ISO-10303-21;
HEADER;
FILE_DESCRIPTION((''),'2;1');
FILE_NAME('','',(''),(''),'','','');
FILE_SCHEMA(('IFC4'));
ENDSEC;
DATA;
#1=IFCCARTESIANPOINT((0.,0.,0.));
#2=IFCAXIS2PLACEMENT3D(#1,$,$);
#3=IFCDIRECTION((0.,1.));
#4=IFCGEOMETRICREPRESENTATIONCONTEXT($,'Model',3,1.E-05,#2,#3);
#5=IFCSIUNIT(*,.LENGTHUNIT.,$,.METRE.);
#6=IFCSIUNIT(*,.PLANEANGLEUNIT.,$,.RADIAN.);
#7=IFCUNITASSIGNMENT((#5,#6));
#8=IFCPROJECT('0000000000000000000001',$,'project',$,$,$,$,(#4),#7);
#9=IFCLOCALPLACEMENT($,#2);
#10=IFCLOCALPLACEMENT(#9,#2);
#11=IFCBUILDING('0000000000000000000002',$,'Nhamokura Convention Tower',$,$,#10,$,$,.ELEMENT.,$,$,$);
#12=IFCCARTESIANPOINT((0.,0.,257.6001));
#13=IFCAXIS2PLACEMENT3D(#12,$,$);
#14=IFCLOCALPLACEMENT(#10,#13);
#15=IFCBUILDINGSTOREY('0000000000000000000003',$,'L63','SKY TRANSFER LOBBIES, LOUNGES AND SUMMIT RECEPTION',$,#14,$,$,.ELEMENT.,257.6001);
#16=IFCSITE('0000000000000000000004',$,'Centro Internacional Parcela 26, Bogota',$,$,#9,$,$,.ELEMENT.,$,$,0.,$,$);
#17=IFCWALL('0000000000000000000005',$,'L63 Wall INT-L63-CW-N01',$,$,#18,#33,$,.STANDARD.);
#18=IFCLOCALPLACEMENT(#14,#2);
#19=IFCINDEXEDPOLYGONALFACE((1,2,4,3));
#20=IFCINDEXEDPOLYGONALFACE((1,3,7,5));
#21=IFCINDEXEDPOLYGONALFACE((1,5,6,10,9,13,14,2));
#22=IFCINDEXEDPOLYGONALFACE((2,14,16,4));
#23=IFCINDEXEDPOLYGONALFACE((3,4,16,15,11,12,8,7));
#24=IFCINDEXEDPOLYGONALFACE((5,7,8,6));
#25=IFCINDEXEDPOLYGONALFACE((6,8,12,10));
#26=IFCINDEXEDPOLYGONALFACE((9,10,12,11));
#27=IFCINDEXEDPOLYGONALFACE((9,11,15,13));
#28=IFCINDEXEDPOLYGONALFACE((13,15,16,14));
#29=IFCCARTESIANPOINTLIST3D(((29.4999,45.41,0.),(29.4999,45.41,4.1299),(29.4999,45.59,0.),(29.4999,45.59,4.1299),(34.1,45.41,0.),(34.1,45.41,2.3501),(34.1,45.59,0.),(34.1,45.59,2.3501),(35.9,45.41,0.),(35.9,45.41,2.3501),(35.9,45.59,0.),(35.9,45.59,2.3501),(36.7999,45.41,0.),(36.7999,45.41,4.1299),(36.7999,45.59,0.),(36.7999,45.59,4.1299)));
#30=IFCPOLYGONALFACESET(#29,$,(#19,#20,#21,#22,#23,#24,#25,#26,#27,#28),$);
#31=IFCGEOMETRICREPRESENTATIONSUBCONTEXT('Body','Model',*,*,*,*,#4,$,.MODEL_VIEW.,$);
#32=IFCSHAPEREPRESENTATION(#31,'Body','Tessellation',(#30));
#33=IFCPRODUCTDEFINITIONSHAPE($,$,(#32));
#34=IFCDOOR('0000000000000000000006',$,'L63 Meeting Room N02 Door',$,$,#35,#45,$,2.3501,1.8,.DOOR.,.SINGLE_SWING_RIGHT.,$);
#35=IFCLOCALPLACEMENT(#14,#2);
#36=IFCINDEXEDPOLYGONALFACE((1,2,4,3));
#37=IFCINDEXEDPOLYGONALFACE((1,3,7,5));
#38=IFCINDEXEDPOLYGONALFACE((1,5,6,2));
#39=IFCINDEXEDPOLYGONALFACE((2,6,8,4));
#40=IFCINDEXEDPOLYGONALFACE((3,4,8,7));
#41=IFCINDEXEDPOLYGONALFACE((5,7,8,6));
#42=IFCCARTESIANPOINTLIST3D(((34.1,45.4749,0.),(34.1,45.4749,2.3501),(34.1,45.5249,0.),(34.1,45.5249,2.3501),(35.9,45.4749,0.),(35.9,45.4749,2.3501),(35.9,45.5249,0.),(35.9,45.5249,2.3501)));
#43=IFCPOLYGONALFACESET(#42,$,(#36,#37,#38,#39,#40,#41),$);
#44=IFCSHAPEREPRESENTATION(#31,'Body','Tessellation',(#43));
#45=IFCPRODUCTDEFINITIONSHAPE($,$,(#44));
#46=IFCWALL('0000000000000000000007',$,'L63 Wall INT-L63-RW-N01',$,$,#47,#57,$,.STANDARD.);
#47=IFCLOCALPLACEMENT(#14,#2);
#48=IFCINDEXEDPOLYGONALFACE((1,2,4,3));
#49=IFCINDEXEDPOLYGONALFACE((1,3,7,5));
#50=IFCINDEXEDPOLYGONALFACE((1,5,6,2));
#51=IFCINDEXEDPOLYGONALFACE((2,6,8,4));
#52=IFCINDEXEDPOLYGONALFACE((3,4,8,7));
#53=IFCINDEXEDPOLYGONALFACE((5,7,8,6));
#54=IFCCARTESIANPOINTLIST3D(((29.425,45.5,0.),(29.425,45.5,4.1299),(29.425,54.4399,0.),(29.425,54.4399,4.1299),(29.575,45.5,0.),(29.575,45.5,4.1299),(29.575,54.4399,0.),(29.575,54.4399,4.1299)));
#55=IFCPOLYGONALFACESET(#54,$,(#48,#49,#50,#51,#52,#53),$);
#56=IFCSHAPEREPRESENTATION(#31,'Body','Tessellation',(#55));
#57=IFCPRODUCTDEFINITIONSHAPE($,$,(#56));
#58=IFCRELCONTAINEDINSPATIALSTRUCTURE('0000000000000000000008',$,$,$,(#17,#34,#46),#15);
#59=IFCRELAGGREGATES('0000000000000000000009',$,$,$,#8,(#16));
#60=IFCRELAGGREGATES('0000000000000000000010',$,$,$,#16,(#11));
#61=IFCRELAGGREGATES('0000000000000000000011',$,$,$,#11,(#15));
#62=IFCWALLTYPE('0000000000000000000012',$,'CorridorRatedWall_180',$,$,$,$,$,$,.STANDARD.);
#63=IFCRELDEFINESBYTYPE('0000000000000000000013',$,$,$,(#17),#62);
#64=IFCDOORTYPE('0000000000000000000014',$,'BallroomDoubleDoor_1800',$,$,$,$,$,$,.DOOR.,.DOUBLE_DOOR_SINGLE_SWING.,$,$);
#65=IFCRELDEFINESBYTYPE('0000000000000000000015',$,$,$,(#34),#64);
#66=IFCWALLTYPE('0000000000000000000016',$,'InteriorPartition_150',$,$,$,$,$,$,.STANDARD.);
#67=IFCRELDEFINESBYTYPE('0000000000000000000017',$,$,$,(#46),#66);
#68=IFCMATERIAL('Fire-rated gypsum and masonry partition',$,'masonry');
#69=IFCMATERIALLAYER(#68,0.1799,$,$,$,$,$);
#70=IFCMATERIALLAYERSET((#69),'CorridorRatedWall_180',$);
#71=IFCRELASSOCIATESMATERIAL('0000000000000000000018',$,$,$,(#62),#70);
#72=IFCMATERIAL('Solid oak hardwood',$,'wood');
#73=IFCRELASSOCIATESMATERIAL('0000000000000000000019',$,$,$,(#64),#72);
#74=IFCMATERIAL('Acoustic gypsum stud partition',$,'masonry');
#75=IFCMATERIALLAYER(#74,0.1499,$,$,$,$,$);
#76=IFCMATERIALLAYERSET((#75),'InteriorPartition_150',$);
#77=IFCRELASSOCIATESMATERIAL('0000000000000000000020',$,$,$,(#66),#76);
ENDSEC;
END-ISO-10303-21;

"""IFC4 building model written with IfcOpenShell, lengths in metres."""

from ifc_helpers import new_model, si_unit, direction, frame, frame_2d, origin, place, context, subcontext, project, spatial, rectangle, extrude, material, layer, layer_set, type_object, element, fill, save


model = new_model("IFC4")

# Units and contexts
model_context = context("Model", 3, precision=1e-05, world=origin(), true_north=direction((0.0, 1.0)))
body_context = subcontext(model_context, "Body", "Model", "MODEL_VIEW")
ifc_project = project(units=[si_unit("LENGTHUNIT", "METRE"), si_unit("PLANEANGLEUNIT", "RADIAN")], contexts=[model_context])

# Site, building, storey
site_placement = place(None, origin())
site = spatial("IfcSite", under=ifc_project, at=site_placement, Name="Centro Internacional Parcela 26, Bogota", CompositionType="ELEMENT", RefElevation=0.0)
building_placement = place(site_placement, origin())
building = spatial("IfcBuilding", under=site, at=building_placement, Name="Nhamokura Convention Tower", CompositionType="ELEMENT")
storey_placement = place(building_placement, frame((0.0, 0.0, 257.6001)))
storey = spatial("IfcBuildingStorey", under=building, at=storey_placement, Name="L63", Description="SKY TRANSFER LOBBIES, LOUNGES AND SUMMIT RECEPTION", CompositionType="ELEMENT", Elevation=257.6001)

# Wall, opening, door
ifc_material_1 = material(Name="Fire-rated gypsum and masonry partition", Category="masonry")
ifc_layer_1 = layer(ifc_material_1, 0.1799)
ifc_layer_set_1 = layer_set([ifc_layer_1], Name="CorridorRatedWall_180")
wall_type_1 = type_object("IfcWallType", Name="CorridorRatedWall_180", PredefinedType="STANDARD", material=ifc_layer_set_1)
wall_1_placement = place(storey_placement, frame((29.5, 45.5, 0.0), z_axis=(0.0, 0.0, 1.0), x_axis=(1.0, 0.0, 0.0)))
wall_1 = element("IfcWall", 1, at=wall_1_placement, inside=storey, type_object=wall_type_1, Name="L63 Wall INT-L63-CW-N01", PredefinedType="STANDARD", context=body_context, shape_type="SweptSolid", body=[
    extrude(rectangle(XDim=7.3, YDim=0.1799, at=frame_2d((3.6499, 0.0))), origin(), (0.0, 0.0, 1.0), 4.1299),
])
opening_1_placement = place(wall_1_placement, frame((4.6001, 0.0, 0.0)))
opening_1 = element("IfcOpeningElement", 2, at=opening_1_placement, cuts=wall_1, PredefinedType="OPENING", context=body_context, shape_type="SweptSolid", body=[
    extrude(rectangle(XDim=1.8, YDim=2.3501, at=frame_2d((0.8999, 1.175))), frame((0.0, 0.0999, 0.0), z_axis=(0.0, -1.0, 0.0), x_axis=(1.0, 0.0, 0.0)), (0.0, 0.0, 1.0), 0.2),
])
ifc_material_2 = material(Name="Solid oak hardwood", Category="wood")
door_type = type_object("IfcDoorType", Name="BallroomDoubleDoor_1800", OperationType="DOUBLE_DOOR_SINGLE_SWING", PredefinedType="DOOR", material=ifc_material_2)
door_placement = place(opening_1_placement, origin())
door = element("IfcDoor", 3, at=door_placement, inside=storey, type_object=door_type, Name="L63 Meeting Room N02 Door", OperationType="SINGLE_SWING_RIGHT", OverallHeight=2.3501, OverallWidth=1.8, PredefinedType="DOOR", context=body_context, shape_type="SweptSolid", body=[
    extrude(rectangle(XDim=1.8, YDim=2.3501, at=frame_2d((0.8999, 1.175))), frame((0.0, 0.0249, 0.0), z_axis=(0.0, -1.0, 0.0), x_axis=(1.0, 0.0, 0.0)), (0.0, 0.0, 1.0), 0.05),
])
fill(opening_1, door)

# Wall
ifc_material_3 = material(Name="Acoustic gypsum stud partition", Category="masonry")
ifc_layer_2 = layer(ifc_material_3, 0.1499)
ifc_layer_set_2 = layer_set([ifc_layer_2], Name="InteriorPartition_150")
wall_type_2 = type_object("IfcWallType", Name="InteriorPartition_150", PredefinedType="STANDARD", material=ifc_layer_set_2)
wall_2_placement = place(storey_placement, frame((29.5, 45.5, 0.0), z_axis=(0.0, 0.0, 1.0), x_axis=(0.0, 1.0, 0.0)))
element("IfcWall", 4, at=wall_2_placement, inside=storey, type_object=wall_type_2, Name="L63 Wall INT-L63-RW-N01", PredefinedType="STANDARD", context=body_context, shape_type="SweptSolid", body=[
    extrude(rectangle(XDim=8.9399, YDim=0.1499, at=frame_2d((4.47, 0.0))), origin(), (0.0, 0.0, 1.0), 4.1299),
])

save(model, "model.ifc")
